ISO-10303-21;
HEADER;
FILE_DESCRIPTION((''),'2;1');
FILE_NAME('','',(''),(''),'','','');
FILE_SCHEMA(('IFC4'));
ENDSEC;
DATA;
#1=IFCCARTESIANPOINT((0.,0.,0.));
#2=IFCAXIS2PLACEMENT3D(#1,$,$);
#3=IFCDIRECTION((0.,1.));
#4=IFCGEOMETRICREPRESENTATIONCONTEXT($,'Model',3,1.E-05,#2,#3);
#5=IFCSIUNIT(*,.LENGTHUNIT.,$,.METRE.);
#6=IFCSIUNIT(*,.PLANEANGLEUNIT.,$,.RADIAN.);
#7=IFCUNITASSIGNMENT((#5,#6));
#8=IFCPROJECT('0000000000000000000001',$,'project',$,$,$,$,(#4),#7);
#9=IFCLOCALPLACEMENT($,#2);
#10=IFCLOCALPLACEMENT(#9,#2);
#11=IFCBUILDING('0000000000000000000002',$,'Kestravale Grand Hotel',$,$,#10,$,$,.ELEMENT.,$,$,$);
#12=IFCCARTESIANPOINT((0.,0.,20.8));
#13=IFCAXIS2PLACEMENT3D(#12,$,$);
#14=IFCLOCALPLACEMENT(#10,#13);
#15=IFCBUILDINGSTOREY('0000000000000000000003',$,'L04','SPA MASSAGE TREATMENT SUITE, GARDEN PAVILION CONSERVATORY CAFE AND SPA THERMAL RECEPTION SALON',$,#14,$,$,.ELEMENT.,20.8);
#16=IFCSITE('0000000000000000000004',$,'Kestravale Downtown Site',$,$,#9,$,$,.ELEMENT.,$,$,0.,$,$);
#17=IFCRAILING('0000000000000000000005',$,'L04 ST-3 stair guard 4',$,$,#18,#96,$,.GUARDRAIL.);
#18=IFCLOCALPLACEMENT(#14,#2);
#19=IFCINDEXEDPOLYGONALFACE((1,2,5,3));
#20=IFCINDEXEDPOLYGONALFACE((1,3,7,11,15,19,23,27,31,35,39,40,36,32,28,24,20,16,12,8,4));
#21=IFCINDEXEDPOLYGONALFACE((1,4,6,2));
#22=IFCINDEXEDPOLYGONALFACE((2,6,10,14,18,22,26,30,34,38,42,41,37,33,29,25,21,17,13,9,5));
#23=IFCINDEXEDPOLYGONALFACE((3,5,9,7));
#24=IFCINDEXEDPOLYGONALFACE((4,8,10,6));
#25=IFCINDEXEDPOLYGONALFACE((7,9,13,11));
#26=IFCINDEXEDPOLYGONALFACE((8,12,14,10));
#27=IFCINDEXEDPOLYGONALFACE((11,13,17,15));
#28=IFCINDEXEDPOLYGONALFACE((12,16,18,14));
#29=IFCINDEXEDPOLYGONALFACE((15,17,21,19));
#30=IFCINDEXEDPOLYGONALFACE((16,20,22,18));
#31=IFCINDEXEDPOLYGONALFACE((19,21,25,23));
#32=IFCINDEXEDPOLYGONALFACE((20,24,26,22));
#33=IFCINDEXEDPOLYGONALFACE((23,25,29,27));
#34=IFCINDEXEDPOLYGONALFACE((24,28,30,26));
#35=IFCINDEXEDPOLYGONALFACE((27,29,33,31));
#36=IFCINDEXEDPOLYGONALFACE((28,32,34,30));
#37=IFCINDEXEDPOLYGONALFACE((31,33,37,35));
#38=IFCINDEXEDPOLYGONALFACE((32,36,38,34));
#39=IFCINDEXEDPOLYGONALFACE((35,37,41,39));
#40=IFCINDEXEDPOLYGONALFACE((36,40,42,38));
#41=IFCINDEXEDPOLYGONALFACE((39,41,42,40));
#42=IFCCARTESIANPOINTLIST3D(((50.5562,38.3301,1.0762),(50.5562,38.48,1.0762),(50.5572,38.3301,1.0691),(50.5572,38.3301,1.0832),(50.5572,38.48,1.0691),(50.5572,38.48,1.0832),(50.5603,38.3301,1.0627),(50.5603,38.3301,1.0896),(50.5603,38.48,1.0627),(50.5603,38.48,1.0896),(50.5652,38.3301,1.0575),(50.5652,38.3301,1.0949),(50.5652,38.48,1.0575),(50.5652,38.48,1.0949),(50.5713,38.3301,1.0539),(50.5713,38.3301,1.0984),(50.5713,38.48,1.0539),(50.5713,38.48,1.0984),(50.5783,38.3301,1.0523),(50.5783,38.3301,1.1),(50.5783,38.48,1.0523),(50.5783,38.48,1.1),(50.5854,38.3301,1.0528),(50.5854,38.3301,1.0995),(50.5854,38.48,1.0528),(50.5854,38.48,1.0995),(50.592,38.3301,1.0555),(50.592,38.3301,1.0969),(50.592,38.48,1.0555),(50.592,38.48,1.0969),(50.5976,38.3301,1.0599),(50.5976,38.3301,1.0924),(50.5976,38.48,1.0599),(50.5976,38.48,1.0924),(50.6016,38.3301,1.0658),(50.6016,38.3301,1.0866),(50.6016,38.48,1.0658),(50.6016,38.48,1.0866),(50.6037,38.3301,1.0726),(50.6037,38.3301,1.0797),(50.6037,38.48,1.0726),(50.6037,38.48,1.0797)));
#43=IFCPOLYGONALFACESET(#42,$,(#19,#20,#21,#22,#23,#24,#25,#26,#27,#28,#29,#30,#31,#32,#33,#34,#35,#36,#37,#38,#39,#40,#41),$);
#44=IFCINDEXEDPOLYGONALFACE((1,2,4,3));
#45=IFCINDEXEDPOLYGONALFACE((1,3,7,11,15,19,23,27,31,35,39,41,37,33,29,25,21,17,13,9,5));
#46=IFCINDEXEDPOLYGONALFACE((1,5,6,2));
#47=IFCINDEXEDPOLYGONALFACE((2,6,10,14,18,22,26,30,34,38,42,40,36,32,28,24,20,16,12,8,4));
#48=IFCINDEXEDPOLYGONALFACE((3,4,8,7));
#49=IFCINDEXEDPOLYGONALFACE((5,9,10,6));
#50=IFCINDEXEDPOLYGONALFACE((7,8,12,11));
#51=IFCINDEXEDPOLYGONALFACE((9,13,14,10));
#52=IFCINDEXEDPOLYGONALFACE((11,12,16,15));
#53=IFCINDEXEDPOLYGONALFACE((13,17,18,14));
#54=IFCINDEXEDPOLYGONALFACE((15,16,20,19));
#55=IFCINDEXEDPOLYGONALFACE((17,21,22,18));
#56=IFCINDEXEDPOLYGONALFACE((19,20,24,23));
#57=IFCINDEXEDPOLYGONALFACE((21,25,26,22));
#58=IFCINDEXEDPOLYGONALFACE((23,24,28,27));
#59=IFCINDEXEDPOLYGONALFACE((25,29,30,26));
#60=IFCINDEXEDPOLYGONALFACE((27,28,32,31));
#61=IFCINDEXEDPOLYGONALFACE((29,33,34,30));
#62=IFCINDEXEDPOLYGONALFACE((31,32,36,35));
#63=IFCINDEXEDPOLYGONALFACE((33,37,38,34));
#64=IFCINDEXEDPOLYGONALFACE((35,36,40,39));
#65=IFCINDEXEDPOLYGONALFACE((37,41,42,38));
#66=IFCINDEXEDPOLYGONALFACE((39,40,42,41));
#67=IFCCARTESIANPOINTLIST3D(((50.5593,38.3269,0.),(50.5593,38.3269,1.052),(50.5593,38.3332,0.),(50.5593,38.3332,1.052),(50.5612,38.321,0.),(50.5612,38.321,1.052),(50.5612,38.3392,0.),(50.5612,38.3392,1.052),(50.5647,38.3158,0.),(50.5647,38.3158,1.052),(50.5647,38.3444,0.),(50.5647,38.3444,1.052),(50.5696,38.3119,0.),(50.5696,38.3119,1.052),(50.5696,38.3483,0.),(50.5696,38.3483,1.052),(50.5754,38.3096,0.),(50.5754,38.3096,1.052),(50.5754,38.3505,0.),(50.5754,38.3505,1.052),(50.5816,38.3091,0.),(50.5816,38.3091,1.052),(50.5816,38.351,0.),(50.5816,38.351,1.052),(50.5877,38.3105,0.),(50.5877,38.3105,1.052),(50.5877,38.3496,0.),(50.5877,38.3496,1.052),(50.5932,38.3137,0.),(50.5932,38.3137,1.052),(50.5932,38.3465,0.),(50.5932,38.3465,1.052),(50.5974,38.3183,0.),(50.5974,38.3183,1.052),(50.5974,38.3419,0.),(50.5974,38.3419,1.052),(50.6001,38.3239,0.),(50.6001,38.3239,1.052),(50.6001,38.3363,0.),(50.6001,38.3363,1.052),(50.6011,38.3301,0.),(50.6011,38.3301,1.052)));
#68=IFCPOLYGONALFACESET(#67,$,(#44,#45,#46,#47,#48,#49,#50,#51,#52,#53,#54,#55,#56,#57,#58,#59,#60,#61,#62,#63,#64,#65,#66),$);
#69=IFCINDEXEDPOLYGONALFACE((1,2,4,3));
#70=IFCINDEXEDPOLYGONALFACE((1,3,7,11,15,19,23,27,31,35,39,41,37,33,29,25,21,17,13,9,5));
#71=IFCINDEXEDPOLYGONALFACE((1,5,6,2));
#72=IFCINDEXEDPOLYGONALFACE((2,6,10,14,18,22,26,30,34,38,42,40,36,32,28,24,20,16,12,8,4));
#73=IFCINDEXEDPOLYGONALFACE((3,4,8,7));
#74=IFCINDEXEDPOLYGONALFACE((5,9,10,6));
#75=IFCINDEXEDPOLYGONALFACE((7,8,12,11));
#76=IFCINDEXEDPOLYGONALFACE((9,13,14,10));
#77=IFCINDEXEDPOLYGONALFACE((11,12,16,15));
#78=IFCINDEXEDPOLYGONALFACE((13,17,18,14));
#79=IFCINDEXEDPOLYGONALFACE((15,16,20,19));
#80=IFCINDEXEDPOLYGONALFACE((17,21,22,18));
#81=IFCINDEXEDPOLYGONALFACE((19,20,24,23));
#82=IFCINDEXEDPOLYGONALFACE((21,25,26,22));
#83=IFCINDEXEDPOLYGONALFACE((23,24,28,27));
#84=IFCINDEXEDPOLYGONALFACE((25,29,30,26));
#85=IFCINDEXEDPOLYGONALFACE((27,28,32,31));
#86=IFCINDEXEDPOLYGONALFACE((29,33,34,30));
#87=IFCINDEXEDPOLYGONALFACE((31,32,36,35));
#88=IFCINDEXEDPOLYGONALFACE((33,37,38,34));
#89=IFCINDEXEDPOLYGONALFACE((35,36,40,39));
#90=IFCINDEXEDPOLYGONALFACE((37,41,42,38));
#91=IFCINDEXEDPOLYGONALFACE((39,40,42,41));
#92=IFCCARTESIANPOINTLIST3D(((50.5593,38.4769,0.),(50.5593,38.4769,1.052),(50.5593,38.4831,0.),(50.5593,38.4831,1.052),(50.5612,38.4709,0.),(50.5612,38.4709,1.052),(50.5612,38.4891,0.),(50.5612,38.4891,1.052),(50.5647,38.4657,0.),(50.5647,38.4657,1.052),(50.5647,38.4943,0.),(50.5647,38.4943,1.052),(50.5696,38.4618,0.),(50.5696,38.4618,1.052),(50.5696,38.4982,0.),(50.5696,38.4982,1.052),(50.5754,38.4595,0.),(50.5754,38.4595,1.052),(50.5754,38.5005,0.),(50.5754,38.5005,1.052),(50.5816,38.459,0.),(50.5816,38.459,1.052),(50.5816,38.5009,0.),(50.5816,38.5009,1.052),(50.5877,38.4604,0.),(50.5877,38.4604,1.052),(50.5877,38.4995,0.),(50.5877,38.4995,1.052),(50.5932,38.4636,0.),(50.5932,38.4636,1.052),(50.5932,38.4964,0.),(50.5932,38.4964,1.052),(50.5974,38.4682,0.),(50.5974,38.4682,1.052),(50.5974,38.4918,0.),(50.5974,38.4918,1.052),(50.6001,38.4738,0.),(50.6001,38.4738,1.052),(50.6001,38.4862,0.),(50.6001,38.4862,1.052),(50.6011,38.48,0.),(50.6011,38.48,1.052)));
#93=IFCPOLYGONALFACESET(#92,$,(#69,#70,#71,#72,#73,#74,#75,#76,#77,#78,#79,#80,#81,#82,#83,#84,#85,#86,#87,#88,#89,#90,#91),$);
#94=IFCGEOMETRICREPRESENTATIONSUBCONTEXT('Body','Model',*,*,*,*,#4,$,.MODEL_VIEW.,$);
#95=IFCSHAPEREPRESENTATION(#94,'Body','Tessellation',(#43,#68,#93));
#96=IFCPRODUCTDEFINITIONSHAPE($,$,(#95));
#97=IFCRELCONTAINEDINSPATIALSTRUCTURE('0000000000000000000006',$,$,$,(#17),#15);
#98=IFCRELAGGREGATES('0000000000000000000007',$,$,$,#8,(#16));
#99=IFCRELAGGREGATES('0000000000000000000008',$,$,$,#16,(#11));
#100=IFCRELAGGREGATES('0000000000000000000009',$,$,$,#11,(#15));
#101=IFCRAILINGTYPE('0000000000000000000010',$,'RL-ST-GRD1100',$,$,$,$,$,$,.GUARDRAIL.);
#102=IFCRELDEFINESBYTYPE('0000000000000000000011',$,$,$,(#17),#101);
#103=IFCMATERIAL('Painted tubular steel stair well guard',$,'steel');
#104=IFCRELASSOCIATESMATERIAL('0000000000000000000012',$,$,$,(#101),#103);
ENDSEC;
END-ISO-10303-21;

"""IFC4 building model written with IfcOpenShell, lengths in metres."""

from ifc_helpers import new_model, si_unit, direction, frame, origin, origin_2d, place, context, subcontext, project, spatial, circle, extrude, material, type_object, element, save


model = new_model("IFC4")

# Units and contexts
model_context = context("Model", 3, precision=1e-05, world=origin(), true_north=direction((0.0, 1.0)))
body_context = subcontext(model_context, "Body", "Model", "MODEL_VIEW")
ifc_project = project(units=[si_unit("LENGTHUNIT", "METRE"), si_unit("PLANEANGLEUNIT", "RADIAN")], contexts=[model_context])

# Site, building, storey
site_placement = place(None, origin())
site = spatial("IfcSite", under=ifc_project, at=site_placement, Name="Kestravale Downtown Site", CompositionType="ELEMENT", RefElevation=0.0)
building_placement = place(site_placement, origin())
building = spatial("IfcBuilding", under=site, at=building_placement, Name="Kestravale Grand Hotel", CompositionType="ELEMENT")
storey_placement = place(building_placement, frame((0.0, 0.0, 20.8)))
storey = spatial("IfcBuildingStorey", under=building, at=storey_placement, Name="L04", Description="SPA MASSAGE TREATMENT SUITE, GARDEN PAVILION CONSERVATORY CAFE AND SPA THERMAL RECEPTION SALON", CompositionType="ELEMENT", Elevation=20.8)

# Railing
ifc_material_1 = material(Name="Painted tubular steel stair well guard", Category="steel")
railing_type_1 = type_object("IfcRailingType", Name="RL-ST-GRD1100", PredefinedType="GUARDRAIL", material=ifc_material_1)
railing_1_placement = place(storey_placement, frame((50.5801, 38.3301, 0.0)))
element("IfcRailing", 1, at=railing_1_placement, inside=storey, type_object=railing_type_1, Name="L04 ST-3 stair guard 4", PredefinedType="GUARDRAIL", context=body_context, shape_type="SweptSolid", body=[
    extrude(circle(Radius=0.0239, at=origin_2d()), frame((0.0, 0.0, 1.0762), z_axis=(0.0, 1.0, 0.0), x_axis=(-1.0, 0.0, 0.0)), (0.0, 0.0, 1.0), 0.1499),
    extrude(circle(Radius=0.021, at=origin_2d()), origin(), (0.0, 0.0, 1.0), 1.052),
    extrude(circle(Radius=0.021, at=origin_2d()), frame((0.0, 0.1499, 0.0)), (0.0, 0.0, 1.0), 1.052),
])

save(model, "model.ifc")
